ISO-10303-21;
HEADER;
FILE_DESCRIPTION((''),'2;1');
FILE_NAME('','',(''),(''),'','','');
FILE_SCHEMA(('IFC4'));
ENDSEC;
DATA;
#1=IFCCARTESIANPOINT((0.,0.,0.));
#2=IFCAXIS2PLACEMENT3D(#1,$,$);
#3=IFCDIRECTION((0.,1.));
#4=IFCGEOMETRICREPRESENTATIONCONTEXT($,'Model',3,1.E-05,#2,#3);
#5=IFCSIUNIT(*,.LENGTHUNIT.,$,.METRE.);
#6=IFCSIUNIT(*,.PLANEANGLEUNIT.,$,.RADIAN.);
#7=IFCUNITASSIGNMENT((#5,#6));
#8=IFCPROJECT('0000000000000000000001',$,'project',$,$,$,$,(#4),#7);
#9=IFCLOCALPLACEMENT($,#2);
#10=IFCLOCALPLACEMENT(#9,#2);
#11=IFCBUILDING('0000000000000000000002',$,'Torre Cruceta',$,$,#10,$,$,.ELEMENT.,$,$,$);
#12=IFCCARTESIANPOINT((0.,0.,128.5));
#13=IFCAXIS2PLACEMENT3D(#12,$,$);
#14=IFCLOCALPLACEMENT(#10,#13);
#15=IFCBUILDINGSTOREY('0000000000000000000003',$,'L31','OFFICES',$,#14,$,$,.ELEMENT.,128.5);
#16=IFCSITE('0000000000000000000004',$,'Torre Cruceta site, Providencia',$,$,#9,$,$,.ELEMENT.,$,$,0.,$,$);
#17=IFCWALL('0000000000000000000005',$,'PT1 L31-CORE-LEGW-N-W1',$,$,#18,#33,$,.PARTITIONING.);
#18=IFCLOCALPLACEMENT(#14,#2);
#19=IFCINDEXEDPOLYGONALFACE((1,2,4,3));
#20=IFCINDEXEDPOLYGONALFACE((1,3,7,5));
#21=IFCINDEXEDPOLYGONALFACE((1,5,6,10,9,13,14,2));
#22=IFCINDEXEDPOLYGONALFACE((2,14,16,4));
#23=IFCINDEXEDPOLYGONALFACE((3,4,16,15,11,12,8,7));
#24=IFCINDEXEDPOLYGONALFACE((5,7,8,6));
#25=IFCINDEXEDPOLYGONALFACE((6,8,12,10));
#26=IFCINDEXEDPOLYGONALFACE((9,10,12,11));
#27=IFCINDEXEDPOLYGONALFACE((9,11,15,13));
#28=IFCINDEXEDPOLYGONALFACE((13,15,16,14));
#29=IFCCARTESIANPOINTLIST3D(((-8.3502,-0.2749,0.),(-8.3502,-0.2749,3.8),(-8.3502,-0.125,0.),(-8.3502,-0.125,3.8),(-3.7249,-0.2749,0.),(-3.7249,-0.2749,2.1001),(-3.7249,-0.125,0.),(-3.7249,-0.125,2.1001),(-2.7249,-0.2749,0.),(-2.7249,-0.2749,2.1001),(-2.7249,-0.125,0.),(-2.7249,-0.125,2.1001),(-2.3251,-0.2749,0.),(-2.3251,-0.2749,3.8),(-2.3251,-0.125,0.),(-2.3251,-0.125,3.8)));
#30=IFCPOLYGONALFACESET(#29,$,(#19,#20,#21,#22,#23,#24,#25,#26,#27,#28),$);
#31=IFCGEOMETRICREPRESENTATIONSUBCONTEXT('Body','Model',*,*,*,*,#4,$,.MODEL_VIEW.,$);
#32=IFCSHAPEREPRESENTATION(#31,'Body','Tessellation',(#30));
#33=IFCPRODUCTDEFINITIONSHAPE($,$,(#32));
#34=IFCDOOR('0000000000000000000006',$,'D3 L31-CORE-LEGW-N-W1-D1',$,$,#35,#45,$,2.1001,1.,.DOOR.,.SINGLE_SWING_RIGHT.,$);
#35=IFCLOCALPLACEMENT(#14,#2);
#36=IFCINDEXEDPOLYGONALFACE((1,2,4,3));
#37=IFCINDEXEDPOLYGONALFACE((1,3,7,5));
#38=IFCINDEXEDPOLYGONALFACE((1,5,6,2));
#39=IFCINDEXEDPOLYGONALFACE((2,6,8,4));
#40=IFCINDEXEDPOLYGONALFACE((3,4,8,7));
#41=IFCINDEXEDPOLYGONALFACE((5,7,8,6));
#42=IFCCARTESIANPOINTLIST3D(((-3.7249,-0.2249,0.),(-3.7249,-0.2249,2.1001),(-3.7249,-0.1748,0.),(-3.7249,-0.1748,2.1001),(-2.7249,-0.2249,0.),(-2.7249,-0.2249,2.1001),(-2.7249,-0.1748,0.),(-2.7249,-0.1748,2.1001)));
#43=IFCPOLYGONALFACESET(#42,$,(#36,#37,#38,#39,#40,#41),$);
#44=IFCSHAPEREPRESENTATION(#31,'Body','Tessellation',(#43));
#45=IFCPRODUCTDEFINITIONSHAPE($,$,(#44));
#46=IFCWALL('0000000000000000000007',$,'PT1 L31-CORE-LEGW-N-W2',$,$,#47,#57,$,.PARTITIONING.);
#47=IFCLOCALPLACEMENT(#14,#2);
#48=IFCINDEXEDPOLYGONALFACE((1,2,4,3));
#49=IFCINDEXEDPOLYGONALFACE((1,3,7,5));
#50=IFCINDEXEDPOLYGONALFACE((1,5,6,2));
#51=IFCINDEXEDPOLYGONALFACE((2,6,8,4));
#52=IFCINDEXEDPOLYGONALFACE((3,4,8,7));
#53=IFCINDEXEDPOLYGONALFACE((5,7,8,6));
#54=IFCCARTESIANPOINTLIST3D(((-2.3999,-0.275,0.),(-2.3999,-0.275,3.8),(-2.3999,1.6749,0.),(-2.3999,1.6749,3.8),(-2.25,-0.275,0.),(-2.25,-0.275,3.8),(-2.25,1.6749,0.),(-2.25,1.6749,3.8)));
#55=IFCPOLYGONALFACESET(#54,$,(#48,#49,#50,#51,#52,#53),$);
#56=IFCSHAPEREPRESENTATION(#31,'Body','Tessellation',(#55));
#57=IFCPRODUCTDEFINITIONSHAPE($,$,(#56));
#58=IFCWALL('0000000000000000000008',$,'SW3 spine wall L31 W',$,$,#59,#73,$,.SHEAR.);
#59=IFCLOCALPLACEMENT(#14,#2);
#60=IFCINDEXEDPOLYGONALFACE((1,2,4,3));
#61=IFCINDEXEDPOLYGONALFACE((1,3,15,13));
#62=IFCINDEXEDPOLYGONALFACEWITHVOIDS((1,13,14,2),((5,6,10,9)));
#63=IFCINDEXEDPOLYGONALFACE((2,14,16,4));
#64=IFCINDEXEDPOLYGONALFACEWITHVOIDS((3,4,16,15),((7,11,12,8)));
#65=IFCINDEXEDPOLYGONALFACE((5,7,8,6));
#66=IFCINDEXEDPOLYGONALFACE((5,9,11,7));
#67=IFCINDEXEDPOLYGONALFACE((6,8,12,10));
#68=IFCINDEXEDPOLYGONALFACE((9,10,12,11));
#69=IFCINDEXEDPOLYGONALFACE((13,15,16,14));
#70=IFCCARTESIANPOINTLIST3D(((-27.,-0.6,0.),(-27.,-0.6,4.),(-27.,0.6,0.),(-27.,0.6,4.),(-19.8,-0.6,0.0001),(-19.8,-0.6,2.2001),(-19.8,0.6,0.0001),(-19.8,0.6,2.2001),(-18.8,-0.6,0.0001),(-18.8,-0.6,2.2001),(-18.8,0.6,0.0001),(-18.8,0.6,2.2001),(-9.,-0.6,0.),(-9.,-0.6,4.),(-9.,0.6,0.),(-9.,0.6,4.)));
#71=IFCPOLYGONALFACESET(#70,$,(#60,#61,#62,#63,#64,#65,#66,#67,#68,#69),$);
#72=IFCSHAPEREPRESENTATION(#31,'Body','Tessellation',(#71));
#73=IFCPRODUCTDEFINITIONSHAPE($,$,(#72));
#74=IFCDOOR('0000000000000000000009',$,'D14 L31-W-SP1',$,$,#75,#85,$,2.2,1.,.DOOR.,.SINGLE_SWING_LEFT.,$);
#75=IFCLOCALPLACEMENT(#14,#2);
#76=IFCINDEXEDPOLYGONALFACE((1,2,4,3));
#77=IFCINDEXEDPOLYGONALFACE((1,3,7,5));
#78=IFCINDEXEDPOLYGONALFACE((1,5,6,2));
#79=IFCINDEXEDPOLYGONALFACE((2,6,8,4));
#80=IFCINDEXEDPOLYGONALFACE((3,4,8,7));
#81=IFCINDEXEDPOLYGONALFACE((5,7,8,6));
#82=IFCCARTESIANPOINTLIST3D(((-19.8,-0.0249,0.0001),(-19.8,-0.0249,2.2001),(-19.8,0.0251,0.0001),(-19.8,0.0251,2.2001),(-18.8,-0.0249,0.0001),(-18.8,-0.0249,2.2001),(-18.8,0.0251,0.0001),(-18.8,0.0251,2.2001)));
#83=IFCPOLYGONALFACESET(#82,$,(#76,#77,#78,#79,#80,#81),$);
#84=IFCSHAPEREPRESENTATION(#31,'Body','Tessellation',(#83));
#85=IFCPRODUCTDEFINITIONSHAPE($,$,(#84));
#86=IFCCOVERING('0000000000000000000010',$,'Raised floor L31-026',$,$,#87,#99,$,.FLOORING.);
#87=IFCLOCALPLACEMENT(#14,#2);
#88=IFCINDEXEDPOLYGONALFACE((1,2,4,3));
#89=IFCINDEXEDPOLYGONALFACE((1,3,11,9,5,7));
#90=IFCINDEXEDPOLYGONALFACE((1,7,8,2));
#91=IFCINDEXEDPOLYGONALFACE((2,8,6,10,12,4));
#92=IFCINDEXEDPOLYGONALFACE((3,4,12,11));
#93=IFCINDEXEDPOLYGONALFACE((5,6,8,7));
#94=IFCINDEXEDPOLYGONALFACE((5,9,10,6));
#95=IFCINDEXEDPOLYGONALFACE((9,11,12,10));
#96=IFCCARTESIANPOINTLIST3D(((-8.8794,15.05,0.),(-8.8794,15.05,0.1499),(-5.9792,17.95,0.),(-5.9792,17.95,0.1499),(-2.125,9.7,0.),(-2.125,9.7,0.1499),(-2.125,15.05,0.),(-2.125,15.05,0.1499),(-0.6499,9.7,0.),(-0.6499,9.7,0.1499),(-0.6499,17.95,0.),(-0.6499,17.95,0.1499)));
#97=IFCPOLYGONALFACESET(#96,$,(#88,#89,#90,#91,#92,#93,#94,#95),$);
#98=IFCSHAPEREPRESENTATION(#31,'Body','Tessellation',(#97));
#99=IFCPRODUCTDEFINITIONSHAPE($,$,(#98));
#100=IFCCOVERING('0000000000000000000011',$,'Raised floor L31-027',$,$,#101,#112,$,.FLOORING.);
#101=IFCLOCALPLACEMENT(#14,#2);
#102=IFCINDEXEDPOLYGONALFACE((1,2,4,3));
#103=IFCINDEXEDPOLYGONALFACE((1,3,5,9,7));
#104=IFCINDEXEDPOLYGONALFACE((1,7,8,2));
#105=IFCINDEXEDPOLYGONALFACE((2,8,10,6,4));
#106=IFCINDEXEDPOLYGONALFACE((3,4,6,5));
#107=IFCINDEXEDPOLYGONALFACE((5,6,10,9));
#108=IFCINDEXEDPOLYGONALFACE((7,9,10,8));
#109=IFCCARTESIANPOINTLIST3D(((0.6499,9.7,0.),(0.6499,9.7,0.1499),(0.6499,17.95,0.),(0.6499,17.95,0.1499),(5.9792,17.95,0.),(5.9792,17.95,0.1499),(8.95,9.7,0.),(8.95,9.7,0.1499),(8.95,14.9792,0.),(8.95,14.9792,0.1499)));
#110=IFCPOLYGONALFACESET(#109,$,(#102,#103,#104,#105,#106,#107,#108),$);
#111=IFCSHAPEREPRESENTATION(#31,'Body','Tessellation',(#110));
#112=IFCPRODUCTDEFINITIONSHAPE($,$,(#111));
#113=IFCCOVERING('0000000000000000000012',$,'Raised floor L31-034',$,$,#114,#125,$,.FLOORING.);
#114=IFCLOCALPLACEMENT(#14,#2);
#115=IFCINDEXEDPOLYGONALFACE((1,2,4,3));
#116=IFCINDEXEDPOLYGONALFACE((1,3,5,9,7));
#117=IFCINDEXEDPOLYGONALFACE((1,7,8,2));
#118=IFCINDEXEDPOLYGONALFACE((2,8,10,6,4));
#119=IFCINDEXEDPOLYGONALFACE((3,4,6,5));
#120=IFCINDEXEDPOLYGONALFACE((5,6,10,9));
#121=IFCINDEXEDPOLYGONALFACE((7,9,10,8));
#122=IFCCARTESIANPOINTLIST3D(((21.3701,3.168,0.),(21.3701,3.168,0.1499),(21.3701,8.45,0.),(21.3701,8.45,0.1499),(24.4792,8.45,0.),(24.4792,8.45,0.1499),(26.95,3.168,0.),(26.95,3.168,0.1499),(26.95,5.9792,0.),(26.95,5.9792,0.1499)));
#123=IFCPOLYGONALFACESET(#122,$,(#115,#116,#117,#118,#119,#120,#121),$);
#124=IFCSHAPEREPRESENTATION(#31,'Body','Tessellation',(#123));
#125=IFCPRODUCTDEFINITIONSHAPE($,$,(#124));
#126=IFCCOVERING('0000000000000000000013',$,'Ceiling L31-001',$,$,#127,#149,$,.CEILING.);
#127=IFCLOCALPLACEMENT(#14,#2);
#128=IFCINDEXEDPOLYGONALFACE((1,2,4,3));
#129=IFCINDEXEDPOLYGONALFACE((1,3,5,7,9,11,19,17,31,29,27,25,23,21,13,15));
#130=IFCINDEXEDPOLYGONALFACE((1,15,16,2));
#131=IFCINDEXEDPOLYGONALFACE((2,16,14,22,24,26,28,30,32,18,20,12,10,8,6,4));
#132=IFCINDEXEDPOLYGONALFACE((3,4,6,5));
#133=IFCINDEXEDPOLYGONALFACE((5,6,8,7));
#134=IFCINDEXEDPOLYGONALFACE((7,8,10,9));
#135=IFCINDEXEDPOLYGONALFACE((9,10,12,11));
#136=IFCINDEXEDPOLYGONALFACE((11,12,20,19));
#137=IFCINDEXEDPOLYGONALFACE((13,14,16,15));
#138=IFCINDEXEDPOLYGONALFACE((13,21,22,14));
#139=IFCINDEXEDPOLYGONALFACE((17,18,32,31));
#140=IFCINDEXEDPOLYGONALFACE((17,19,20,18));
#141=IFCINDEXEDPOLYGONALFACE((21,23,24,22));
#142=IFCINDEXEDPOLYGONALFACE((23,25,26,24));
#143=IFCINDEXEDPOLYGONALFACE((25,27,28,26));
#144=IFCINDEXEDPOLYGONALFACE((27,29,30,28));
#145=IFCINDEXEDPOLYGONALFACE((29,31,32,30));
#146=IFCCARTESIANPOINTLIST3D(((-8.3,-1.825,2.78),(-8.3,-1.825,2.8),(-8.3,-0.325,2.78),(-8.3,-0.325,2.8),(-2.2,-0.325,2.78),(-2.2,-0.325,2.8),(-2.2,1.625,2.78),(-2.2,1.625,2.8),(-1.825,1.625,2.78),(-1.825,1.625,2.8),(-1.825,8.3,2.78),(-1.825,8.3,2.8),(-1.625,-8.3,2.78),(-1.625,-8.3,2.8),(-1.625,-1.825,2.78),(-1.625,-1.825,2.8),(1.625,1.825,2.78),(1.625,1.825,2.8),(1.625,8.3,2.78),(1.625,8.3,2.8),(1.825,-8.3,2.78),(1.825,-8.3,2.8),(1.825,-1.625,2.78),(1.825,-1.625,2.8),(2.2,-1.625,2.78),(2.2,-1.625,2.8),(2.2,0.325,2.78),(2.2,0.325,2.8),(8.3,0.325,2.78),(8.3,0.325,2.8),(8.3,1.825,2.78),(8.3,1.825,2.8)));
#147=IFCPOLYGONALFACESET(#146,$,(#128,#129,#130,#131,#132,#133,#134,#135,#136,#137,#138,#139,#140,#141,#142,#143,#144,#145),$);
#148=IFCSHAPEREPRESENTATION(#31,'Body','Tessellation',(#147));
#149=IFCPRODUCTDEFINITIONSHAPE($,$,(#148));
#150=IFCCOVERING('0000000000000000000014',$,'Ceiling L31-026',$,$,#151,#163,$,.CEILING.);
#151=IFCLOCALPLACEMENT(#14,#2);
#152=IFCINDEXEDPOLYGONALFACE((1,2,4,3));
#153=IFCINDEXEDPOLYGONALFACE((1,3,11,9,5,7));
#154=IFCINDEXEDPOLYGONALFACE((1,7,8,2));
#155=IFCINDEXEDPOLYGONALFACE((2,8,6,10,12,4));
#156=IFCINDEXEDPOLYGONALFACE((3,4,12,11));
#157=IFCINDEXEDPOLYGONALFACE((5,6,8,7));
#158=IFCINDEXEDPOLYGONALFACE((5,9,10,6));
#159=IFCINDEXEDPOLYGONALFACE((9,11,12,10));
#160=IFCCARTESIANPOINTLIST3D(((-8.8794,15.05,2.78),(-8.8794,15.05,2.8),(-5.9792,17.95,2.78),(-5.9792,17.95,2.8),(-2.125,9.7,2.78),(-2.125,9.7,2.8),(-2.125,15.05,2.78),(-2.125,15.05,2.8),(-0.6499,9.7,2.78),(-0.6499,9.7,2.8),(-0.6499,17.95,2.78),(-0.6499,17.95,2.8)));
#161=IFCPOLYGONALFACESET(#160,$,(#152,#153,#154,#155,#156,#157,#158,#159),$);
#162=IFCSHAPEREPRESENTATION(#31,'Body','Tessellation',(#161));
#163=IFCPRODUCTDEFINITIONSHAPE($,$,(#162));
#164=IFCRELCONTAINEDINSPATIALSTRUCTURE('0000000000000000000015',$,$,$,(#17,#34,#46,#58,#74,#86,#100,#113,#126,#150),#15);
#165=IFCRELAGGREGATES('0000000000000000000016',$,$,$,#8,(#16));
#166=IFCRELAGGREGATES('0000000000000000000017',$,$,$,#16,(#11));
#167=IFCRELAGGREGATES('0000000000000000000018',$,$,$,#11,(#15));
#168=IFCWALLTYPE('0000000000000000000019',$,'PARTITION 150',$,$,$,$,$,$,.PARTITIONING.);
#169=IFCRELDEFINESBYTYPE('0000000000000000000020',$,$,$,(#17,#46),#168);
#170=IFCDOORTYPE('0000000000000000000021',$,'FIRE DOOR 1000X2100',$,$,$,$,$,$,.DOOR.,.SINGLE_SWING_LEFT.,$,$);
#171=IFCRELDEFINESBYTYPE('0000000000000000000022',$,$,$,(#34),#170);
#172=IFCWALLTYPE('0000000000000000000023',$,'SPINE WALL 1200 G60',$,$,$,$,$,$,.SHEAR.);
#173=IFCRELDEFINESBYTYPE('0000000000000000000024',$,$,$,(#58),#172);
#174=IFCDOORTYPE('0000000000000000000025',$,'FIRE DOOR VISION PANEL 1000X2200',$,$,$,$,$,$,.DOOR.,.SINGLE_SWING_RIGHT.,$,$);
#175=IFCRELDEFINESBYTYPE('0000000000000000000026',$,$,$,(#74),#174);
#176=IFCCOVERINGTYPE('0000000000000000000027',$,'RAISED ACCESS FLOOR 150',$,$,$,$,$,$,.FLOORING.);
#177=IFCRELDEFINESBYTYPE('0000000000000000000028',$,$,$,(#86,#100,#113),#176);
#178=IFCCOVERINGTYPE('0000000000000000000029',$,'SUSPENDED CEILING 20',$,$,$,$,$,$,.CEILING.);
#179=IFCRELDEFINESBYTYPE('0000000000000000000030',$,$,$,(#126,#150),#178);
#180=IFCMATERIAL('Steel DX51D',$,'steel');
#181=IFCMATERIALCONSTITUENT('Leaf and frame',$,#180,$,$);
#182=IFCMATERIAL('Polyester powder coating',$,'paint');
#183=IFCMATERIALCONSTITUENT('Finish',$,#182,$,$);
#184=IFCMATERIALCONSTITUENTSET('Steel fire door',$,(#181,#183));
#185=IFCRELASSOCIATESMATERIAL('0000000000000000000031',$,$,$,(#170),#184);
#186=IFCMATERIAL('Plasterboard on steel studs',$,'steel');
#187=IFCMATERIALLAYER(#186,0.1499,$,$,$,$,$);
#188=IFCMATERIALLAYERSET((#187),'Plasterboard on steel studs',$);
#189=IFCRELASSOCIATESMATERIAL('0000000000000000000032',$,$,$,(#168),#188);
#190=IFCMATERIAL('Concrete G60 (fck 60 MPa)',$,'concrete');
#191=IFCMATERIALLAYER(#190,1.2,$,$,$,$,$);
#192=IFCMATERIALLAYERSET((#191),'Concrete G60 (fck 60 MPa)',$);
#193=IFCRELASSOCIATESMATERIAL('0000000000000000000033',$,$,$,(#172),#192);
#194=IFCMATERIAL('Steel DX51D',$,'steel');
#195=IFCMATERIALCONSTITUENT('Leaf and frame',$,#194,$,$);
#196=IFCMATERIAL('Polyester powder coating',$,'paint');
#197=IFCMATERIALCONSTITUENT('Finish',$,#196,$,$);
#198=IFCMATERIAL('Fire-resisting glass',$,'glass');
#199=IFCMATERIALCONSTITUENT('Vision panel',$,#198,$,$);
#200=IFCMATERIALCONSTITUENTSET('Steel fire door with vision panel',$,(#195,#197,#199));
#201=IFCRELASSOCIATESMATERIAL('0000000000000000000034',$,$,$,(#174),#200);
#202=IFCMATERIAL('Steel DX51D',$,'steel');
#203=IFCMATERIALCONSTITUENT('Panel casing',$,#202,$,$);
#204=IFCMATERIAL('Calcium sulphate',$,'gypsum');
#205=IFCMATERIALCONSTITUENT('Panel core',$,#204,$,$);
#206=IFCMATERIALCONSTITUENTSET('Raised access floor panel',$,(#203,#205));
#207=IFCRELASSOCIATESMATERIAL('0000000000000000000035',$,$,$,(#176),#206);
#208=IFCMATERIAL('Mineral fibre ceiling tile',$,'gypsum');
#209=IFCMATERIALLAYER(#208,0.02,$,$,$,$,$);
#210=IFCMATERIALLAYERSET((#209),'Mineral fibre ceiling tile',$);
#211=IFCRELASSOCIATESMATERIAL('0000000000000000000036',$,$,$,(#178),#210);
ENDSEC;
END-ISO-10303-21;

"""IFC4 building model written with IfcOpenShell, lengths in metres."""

from ifc_helpers import new_model, si_unit, direction, frame, frame_2d, origin, place, context, subcontext, project, spatial, polyline, rectangle, outline, extrude, material, layer, layer_set, constituent, constituent_set, type_object, element, fill, save


model = new_model("IFC4")

# Units and contexts
model_context = context("Model", 3, precision=1e-05, world=origin(), true_north=direction((0.0, 1.0)))
body_context = subcontext(model_context, "Body", "Model", "MODEL_VIEW")
ifc_project = project(units=[si_unit("LENGTHUNIT", "METRE"), si_unit("PLANEANGLEUNIT", "RADIAN")], contexts=[model_context])

# Site, building, storey
site_placement = place(None, origin())
site = spatial("IfcSite", under=ifc_project, at=site_placement, Name="Torre Cruceta site, Providencia", CompositionType="ELEMENT", RefElevation=0.0)
building_placement = place(site_placement, origin())
building = spatial("IfcBuilding", under=site, at=building_placement, Name="Torre Cruceta", CompositionType="ELEMENT")
storey_placement = place(building_placement, frame((0.0, 0.0, 128.5)))
storey = spatial("IfcBuildingStorey", under=building, at=storey_placement, Name="L31", Description="OFFICES", CompositionType="ELEMENT", Elevation=128.5)

# Shared definitions
ifc_material_1 = material(Name="Steel DX51D", Category="steel")
ifc_constituent_1 = constituent(ifc_material_1, Name="Leaf and frame")
ifc_material_2 = material(Name="Polyester powder coating", Category="paint")
ifc_constituent_2 = constituent(ifc_material_2, Name="Finish")
ifc_constituent_set_1 = constituent_set(constituents=[ifc_constituent_1, ifc_constituent_2], Name="Steel fire door")
door_type_1 = type_object("IfcDoorType", Name="FIRE DOOR 1000X2100", OperationType="SINGLE_SWING_LEFT", PredefinedType="DOOR", material=ifc_constituent_set_1)

# Wall, opening, door
ifc_material_3 = material(Name="Plasterboard on steel studs", Category="steel")
ifc_layer_1 = layer(ifc_material_3, 0.1499)
ifc_layer_set_1 = layer_set([ifc_layer_1], Name="Plasterboard on steel studs")
wall_type_1 = type_object("IfcWallType", Name="PARTITION 150", PredefinedType="PARTITIONING", material=ifc_layer_set_1)
wall_1_placement = place(storey_placement, frame((-2.325, -0.2, 0.0), z_axis=(0.0, 0.0, 1.0), x_axis=(-1.0, 0.0, 0.0)))
wall_1 = element("IfcWall", 1, at=wall_1_placement, inside=storey, type_object=wall_type_1, Name="PT1 L31-CORE-LEGW-N-W1", PredefinedType="PARTITIONING", context=body_context, shape_type="SweptSolid", body=[
    extrude(rectangle(XDim=6.0251, YDim=0.1499, at=frame_2d((3.0127, 0.0))), origin(), (0.0, 0.0, 1.0), 3.8),
])
opening_1_placement = place(wall_1_placement, frame((0.3999, 0.0, 0.0)))
opening_1 = element("IfcOpeningElement", 2, at=opening_1_placement, cuts=wall_1, PredefinedType="OPENING", context=body_context, shape_type="SweptSolid", body=[
    extrude(rectangle(XDim=1.0, YDim=2.1001, at=frame_2d((0.5, 1.05))), frame((0.0, 0.085, 0.0), z_axis=(0.0, -1.0, 0.0), x_axis=(1.0, 0.0, 0.0)), (0.0, 0.0, 1.0), 0.1699),
])
door_1_placement = place(opening_1_placement, frame((1.0, 0.0, 0.0), z_axis=(0.0, 0.0, 1.0), x_axis=(-1.0, 0.0, 0.0)))
door_1 = element("IfcDoor", 3, at=door_1_placement, inside=storey, type_object=door_type_1, Name="D3 L31-CORE-LEGW-N-W1-D1", OperationType="SINGLE_SWING_RIGHT", OverallHeight=2.1001, OverallWidth=1.0, PredefinedType="DOOR", context=body_context, shape_type="SweptSolid", body=[
    extrude(rectangle(XDim=1.0, YDim=2.1001, at=frame_2d((0.5, 1.05))), frame((0.0, 0.0251, 0.0), z_axis=(0.0, -1.0, 0.0), x_axis=(1.0, 0.0, 0.0)), (0.0, 0.0, 1.0), 0.05),
])
fill(opening_1, door_1)

# Wall
wall_2_placement = place(storey_placement, frame((-2.325, 1.675, 0.0), z_axis=(0.0, 0.0, 1.0), x_axis=(0.0, -1.0, 0.0)))
element("IfcWall", 4, at=wall_2_placement, inside=storey, type_object=wall_type_1, Name="PT1 L31-CORE-LEGW-N-W2", PredefinedType="PARTITIONING", context=body_context, shape_type="SweptSolid", body=[
    extrude(rectangle(XDim=1.95, YDim=0.1499, at=frame_2d((0.9751, 0.0))), origin(), (0.0, 0.0, 1.0), 3.8),
])

# Wall, opening, door
ifc_material_4 = material(Name="Concrete G60 (fck 60 MPa)", Category="concrete")
ifc_layer_2 = layer(ifc_material_4, 1.2)
ifc_layer_set_2 = layer_set([ifc_layer_2], Name="Concrete G60 (fck 60 MPa)")
wall_type_2 = type_object("IfcWallType", Name="SPINE WALL 1200 G60", PredefinedType="SHEAR", material=ifc_layer_set_2)
wall_3_placement = place(storey_placement, frame((-9.0, 0.0, 0.0), z_axis=(0.0, 0.0, 1.0), x_axis=(-1.0, 0.0, 0.0)))
wall_3 = element("IfcWall", 5, at=wall_3_placement, inside=storey, type_object=wall_type_2, Name="SW3 spine wall L31 W", PredefinedType="SHEAR", context=body_context, shape_type="SweptSolid", body=[
    extrude(rectangle(XDim=18.0, YDim=1.2, at=frame_2d((9.0, 0.0))), origin(), (0.0, 0.0, 1.0), 4.0),
])
opening_2_placement = place(wall_3_placement, frame((9.8, 0.0, 0.0)))
opening_2 = element("IfcOpeningElement", 6, at=opening_2_placement, cuts=wall_3, PredefinedType="OPENING", context=body_context, shape_type="SweptSolid", body=[
    extrude(rectangle(XDim=1.0, YDim=2.2, at=frame_2d((0.5, 1.1001))), frame((0.0, 0.6099, 0.0), z_axis=(0.0, -1.0, 0.0), x_axis=(1.0, 0.0, 0.0)), (0.0, 0.0, 1.0), 1.22),
])
ifc_material_5 = material(Name="Steel DX51D", Category="steel")
ifc_constituent_3 = constituent(ifc_material_5, Name="Leaf and frame")
ifc_material_6 = material(Name="Polyester powder coating", Category="paint")
ifc_constituent_4 = constituent(ifc_material_6, Name="Finish")
ifc_material_7 = material(Name="Fire-resisting glass", Category="glass")
ifc_constituent_5 = constituent(ifc_material_7, Name="Vision panel")
ifc_constituent_set_2 = constituent_set(constituents=[ifc_constituent_3, ifc_constituent_4, ifc_constituent_5], Name="Steel fire door with vision panel")
door_type_2 = type_object("IfcDoorType", Name="FIRE DOOR VISION PANEL 1000X2200", OperationType="SINGLE_SWING_RIGHT", PredefinedType="DOOR", material=ifc_constituent_set_2)
door_2_placement = place(opening_2_placement, frame((1.0, 0.0, 0.0), z_axis=(0.0, 0.0, 1.0), x_axis=(-1.0, 0.0, 0.0)))
door_2 = element("IfcDoor", 7, at=door_2_placement, inside=storey, type_object=door_type_2, Name="D14 L31-W-SP1", OperationType="SINGLE_SWING_LEFT", OverallHeight=2.2, OverallWidth=1.0, PredefinedType="DOOR", context=body_context, shape_type="SweptSolid", body=[
    extrude(rectangle(XDim=1.0, YDim=2.2, at=frame_2d((0.5, 1.1001))), frame((0.0, 0.0251, 0.0), z_axis=(0.0, -1.0, 0.0), x_axis=(1.0, 0.0, 0.0)), (0.0, 0.0, 1.0), 0.05),
])
fill(opening_2, door_2)

# Coverings
ifc_material_8 = material(Name="Steel DX51D", Category="steel")
ifc_constituent_6 = constituent(ifc_material_8, Name="Panel casing")
ifc_material_9 = material(Name="Calcium sulphate", Category="gypsum")
ifc_constituent_7 = constituent(ifc_material_9, Name="Panel core")
ifc_constituent_set_3 = constituent_set(constituents=[ifc_constituent_6, ifc_constituent_7], Name="Raised access floor panel")
covering_type_1 = type_object("IfcCoveringType", Name="RAISED ACCESS FLOOR 150", PredefinedType="FLOORING", material=ifc_constituent_set_3)
covering_1_placement = place(storey_placement, origin())
element("IfcCovering", 8, at=covering_1_placement, inside=storey, type_object=covering_type_1, Name="Raised floor L31-026", PredefinedType="FLOORING", context=body_context, shape_type="SweptSolid", body=[
    extrude(outline(polyline([(-0.6499, 17.95), (-0.6499, 9.7), (-2.125, 9.7), (-2.125, 15.05), (-8.8794, 15.05), (-5.9792, 17.95), (-0.6499, 17.95)])), origin(), (0.0, 0.0, 1.0), 0.1499),
])
covering_2_placement = place(storey_placement, origin())
element("IfcCovering", 9, at=covering_2_placement, inside=storey, type_object=covering_type_1, Name="Raised floor L31-027", PredefinedType="FLOORING", context=body_context, shape_type="SweptSolid", body=[
    extrude(outline(polyline([(5.9792, 17.95), (8.95, 14.9792), (8.95, 9.7), (0.6499, 9.7), (0.6499, 17.95), (5.9792, 17.95)])), origin(), (0.0, 0.0, 1.0), 0.1499),
])
covering_3_placement = place(storey_placement, origin())
element("IfcCovering", 10, at=covering_3_placement, inside=storey, type_object=covering_type_1, Name="Raised floor L31-034", PredefinedType="FLOORING", context=body_context, shape_type="SweptSolid", body=[
    extrude(outline(polyline([(26.95, 3.168), (21.3701, 3.168), (21.3701, 8.45), (24.4792, 8.45), (26.95, 5.9792), (26.95, 3.168)])), origin(), (0.0, 0.0, 1.0), 0.1499),
])
ifc_material_10 = material(Name="Mineral fibre ceiling tile", Category="gypsum")
ifc_layer_3 = layer(ifc_material_10, 0.02)
ifc_layer_set_3 = layer_set([ifc_layer_3], Name="Mineral fibre ceiling tile")
covering_type_2 = type_object("IfcCoveringType", Name="SUSPENDED CEILING 20", PredefinedType="CEILING", material=ifc_layer_set_3)
covering_4_placement = place(storey_placement, frame((0.0, 0.0, 2.78)))
element("IfcCovering", 11, at=covering_4_placement, inside=storey, type_object=covering_type_2, Name="Ceiling L31-001", PredefinedType="CEILING", context=body_context, shape_type="SweptSolid", body=[
    extrude(outline(polyline([(1.825, -8.3), (-1.625, -8.3), (-1.625, -1.825), (-8.3, -1.825), (-8.3, -0.325), (-2.2, -0.325), (-2.2, 1.625), (-1.825, 1.625), (-1.825, 8.3), (1.625, 8.3), (1.625, 1.825), (8.3, 1.825), (8.3, 0.325), (2.2, 0.325), (2.2, -1.625), (1.825, -1.625), (1.825, -8.3)])), origin(), (0.0, 0.0, 1.0), 0.02),
])
covering_5_placement = place(storey_placement, frame((0.0, 0.0, 2.78)))
element("IfcCovering", 12, at=covering_5_placement, inside=storey, type_object=covering_type_2, Name="Ceiling L31-026", PredefinedType="CEILING", context=body_context, shape_type="SweptSolid", body=[
    extrude(outline(polyline([(-0.6499, 17.95), (-0.6499, 9.7), (-2.125, 9.7), (-2.125, 15.05), (-8.8794, 15.05), (-5.9792, 17.95), (-0.6499, 17.95)])), origin(), (0.0, 0.0, 1.0), 0.02),
])

save(model, "model.ifc")
